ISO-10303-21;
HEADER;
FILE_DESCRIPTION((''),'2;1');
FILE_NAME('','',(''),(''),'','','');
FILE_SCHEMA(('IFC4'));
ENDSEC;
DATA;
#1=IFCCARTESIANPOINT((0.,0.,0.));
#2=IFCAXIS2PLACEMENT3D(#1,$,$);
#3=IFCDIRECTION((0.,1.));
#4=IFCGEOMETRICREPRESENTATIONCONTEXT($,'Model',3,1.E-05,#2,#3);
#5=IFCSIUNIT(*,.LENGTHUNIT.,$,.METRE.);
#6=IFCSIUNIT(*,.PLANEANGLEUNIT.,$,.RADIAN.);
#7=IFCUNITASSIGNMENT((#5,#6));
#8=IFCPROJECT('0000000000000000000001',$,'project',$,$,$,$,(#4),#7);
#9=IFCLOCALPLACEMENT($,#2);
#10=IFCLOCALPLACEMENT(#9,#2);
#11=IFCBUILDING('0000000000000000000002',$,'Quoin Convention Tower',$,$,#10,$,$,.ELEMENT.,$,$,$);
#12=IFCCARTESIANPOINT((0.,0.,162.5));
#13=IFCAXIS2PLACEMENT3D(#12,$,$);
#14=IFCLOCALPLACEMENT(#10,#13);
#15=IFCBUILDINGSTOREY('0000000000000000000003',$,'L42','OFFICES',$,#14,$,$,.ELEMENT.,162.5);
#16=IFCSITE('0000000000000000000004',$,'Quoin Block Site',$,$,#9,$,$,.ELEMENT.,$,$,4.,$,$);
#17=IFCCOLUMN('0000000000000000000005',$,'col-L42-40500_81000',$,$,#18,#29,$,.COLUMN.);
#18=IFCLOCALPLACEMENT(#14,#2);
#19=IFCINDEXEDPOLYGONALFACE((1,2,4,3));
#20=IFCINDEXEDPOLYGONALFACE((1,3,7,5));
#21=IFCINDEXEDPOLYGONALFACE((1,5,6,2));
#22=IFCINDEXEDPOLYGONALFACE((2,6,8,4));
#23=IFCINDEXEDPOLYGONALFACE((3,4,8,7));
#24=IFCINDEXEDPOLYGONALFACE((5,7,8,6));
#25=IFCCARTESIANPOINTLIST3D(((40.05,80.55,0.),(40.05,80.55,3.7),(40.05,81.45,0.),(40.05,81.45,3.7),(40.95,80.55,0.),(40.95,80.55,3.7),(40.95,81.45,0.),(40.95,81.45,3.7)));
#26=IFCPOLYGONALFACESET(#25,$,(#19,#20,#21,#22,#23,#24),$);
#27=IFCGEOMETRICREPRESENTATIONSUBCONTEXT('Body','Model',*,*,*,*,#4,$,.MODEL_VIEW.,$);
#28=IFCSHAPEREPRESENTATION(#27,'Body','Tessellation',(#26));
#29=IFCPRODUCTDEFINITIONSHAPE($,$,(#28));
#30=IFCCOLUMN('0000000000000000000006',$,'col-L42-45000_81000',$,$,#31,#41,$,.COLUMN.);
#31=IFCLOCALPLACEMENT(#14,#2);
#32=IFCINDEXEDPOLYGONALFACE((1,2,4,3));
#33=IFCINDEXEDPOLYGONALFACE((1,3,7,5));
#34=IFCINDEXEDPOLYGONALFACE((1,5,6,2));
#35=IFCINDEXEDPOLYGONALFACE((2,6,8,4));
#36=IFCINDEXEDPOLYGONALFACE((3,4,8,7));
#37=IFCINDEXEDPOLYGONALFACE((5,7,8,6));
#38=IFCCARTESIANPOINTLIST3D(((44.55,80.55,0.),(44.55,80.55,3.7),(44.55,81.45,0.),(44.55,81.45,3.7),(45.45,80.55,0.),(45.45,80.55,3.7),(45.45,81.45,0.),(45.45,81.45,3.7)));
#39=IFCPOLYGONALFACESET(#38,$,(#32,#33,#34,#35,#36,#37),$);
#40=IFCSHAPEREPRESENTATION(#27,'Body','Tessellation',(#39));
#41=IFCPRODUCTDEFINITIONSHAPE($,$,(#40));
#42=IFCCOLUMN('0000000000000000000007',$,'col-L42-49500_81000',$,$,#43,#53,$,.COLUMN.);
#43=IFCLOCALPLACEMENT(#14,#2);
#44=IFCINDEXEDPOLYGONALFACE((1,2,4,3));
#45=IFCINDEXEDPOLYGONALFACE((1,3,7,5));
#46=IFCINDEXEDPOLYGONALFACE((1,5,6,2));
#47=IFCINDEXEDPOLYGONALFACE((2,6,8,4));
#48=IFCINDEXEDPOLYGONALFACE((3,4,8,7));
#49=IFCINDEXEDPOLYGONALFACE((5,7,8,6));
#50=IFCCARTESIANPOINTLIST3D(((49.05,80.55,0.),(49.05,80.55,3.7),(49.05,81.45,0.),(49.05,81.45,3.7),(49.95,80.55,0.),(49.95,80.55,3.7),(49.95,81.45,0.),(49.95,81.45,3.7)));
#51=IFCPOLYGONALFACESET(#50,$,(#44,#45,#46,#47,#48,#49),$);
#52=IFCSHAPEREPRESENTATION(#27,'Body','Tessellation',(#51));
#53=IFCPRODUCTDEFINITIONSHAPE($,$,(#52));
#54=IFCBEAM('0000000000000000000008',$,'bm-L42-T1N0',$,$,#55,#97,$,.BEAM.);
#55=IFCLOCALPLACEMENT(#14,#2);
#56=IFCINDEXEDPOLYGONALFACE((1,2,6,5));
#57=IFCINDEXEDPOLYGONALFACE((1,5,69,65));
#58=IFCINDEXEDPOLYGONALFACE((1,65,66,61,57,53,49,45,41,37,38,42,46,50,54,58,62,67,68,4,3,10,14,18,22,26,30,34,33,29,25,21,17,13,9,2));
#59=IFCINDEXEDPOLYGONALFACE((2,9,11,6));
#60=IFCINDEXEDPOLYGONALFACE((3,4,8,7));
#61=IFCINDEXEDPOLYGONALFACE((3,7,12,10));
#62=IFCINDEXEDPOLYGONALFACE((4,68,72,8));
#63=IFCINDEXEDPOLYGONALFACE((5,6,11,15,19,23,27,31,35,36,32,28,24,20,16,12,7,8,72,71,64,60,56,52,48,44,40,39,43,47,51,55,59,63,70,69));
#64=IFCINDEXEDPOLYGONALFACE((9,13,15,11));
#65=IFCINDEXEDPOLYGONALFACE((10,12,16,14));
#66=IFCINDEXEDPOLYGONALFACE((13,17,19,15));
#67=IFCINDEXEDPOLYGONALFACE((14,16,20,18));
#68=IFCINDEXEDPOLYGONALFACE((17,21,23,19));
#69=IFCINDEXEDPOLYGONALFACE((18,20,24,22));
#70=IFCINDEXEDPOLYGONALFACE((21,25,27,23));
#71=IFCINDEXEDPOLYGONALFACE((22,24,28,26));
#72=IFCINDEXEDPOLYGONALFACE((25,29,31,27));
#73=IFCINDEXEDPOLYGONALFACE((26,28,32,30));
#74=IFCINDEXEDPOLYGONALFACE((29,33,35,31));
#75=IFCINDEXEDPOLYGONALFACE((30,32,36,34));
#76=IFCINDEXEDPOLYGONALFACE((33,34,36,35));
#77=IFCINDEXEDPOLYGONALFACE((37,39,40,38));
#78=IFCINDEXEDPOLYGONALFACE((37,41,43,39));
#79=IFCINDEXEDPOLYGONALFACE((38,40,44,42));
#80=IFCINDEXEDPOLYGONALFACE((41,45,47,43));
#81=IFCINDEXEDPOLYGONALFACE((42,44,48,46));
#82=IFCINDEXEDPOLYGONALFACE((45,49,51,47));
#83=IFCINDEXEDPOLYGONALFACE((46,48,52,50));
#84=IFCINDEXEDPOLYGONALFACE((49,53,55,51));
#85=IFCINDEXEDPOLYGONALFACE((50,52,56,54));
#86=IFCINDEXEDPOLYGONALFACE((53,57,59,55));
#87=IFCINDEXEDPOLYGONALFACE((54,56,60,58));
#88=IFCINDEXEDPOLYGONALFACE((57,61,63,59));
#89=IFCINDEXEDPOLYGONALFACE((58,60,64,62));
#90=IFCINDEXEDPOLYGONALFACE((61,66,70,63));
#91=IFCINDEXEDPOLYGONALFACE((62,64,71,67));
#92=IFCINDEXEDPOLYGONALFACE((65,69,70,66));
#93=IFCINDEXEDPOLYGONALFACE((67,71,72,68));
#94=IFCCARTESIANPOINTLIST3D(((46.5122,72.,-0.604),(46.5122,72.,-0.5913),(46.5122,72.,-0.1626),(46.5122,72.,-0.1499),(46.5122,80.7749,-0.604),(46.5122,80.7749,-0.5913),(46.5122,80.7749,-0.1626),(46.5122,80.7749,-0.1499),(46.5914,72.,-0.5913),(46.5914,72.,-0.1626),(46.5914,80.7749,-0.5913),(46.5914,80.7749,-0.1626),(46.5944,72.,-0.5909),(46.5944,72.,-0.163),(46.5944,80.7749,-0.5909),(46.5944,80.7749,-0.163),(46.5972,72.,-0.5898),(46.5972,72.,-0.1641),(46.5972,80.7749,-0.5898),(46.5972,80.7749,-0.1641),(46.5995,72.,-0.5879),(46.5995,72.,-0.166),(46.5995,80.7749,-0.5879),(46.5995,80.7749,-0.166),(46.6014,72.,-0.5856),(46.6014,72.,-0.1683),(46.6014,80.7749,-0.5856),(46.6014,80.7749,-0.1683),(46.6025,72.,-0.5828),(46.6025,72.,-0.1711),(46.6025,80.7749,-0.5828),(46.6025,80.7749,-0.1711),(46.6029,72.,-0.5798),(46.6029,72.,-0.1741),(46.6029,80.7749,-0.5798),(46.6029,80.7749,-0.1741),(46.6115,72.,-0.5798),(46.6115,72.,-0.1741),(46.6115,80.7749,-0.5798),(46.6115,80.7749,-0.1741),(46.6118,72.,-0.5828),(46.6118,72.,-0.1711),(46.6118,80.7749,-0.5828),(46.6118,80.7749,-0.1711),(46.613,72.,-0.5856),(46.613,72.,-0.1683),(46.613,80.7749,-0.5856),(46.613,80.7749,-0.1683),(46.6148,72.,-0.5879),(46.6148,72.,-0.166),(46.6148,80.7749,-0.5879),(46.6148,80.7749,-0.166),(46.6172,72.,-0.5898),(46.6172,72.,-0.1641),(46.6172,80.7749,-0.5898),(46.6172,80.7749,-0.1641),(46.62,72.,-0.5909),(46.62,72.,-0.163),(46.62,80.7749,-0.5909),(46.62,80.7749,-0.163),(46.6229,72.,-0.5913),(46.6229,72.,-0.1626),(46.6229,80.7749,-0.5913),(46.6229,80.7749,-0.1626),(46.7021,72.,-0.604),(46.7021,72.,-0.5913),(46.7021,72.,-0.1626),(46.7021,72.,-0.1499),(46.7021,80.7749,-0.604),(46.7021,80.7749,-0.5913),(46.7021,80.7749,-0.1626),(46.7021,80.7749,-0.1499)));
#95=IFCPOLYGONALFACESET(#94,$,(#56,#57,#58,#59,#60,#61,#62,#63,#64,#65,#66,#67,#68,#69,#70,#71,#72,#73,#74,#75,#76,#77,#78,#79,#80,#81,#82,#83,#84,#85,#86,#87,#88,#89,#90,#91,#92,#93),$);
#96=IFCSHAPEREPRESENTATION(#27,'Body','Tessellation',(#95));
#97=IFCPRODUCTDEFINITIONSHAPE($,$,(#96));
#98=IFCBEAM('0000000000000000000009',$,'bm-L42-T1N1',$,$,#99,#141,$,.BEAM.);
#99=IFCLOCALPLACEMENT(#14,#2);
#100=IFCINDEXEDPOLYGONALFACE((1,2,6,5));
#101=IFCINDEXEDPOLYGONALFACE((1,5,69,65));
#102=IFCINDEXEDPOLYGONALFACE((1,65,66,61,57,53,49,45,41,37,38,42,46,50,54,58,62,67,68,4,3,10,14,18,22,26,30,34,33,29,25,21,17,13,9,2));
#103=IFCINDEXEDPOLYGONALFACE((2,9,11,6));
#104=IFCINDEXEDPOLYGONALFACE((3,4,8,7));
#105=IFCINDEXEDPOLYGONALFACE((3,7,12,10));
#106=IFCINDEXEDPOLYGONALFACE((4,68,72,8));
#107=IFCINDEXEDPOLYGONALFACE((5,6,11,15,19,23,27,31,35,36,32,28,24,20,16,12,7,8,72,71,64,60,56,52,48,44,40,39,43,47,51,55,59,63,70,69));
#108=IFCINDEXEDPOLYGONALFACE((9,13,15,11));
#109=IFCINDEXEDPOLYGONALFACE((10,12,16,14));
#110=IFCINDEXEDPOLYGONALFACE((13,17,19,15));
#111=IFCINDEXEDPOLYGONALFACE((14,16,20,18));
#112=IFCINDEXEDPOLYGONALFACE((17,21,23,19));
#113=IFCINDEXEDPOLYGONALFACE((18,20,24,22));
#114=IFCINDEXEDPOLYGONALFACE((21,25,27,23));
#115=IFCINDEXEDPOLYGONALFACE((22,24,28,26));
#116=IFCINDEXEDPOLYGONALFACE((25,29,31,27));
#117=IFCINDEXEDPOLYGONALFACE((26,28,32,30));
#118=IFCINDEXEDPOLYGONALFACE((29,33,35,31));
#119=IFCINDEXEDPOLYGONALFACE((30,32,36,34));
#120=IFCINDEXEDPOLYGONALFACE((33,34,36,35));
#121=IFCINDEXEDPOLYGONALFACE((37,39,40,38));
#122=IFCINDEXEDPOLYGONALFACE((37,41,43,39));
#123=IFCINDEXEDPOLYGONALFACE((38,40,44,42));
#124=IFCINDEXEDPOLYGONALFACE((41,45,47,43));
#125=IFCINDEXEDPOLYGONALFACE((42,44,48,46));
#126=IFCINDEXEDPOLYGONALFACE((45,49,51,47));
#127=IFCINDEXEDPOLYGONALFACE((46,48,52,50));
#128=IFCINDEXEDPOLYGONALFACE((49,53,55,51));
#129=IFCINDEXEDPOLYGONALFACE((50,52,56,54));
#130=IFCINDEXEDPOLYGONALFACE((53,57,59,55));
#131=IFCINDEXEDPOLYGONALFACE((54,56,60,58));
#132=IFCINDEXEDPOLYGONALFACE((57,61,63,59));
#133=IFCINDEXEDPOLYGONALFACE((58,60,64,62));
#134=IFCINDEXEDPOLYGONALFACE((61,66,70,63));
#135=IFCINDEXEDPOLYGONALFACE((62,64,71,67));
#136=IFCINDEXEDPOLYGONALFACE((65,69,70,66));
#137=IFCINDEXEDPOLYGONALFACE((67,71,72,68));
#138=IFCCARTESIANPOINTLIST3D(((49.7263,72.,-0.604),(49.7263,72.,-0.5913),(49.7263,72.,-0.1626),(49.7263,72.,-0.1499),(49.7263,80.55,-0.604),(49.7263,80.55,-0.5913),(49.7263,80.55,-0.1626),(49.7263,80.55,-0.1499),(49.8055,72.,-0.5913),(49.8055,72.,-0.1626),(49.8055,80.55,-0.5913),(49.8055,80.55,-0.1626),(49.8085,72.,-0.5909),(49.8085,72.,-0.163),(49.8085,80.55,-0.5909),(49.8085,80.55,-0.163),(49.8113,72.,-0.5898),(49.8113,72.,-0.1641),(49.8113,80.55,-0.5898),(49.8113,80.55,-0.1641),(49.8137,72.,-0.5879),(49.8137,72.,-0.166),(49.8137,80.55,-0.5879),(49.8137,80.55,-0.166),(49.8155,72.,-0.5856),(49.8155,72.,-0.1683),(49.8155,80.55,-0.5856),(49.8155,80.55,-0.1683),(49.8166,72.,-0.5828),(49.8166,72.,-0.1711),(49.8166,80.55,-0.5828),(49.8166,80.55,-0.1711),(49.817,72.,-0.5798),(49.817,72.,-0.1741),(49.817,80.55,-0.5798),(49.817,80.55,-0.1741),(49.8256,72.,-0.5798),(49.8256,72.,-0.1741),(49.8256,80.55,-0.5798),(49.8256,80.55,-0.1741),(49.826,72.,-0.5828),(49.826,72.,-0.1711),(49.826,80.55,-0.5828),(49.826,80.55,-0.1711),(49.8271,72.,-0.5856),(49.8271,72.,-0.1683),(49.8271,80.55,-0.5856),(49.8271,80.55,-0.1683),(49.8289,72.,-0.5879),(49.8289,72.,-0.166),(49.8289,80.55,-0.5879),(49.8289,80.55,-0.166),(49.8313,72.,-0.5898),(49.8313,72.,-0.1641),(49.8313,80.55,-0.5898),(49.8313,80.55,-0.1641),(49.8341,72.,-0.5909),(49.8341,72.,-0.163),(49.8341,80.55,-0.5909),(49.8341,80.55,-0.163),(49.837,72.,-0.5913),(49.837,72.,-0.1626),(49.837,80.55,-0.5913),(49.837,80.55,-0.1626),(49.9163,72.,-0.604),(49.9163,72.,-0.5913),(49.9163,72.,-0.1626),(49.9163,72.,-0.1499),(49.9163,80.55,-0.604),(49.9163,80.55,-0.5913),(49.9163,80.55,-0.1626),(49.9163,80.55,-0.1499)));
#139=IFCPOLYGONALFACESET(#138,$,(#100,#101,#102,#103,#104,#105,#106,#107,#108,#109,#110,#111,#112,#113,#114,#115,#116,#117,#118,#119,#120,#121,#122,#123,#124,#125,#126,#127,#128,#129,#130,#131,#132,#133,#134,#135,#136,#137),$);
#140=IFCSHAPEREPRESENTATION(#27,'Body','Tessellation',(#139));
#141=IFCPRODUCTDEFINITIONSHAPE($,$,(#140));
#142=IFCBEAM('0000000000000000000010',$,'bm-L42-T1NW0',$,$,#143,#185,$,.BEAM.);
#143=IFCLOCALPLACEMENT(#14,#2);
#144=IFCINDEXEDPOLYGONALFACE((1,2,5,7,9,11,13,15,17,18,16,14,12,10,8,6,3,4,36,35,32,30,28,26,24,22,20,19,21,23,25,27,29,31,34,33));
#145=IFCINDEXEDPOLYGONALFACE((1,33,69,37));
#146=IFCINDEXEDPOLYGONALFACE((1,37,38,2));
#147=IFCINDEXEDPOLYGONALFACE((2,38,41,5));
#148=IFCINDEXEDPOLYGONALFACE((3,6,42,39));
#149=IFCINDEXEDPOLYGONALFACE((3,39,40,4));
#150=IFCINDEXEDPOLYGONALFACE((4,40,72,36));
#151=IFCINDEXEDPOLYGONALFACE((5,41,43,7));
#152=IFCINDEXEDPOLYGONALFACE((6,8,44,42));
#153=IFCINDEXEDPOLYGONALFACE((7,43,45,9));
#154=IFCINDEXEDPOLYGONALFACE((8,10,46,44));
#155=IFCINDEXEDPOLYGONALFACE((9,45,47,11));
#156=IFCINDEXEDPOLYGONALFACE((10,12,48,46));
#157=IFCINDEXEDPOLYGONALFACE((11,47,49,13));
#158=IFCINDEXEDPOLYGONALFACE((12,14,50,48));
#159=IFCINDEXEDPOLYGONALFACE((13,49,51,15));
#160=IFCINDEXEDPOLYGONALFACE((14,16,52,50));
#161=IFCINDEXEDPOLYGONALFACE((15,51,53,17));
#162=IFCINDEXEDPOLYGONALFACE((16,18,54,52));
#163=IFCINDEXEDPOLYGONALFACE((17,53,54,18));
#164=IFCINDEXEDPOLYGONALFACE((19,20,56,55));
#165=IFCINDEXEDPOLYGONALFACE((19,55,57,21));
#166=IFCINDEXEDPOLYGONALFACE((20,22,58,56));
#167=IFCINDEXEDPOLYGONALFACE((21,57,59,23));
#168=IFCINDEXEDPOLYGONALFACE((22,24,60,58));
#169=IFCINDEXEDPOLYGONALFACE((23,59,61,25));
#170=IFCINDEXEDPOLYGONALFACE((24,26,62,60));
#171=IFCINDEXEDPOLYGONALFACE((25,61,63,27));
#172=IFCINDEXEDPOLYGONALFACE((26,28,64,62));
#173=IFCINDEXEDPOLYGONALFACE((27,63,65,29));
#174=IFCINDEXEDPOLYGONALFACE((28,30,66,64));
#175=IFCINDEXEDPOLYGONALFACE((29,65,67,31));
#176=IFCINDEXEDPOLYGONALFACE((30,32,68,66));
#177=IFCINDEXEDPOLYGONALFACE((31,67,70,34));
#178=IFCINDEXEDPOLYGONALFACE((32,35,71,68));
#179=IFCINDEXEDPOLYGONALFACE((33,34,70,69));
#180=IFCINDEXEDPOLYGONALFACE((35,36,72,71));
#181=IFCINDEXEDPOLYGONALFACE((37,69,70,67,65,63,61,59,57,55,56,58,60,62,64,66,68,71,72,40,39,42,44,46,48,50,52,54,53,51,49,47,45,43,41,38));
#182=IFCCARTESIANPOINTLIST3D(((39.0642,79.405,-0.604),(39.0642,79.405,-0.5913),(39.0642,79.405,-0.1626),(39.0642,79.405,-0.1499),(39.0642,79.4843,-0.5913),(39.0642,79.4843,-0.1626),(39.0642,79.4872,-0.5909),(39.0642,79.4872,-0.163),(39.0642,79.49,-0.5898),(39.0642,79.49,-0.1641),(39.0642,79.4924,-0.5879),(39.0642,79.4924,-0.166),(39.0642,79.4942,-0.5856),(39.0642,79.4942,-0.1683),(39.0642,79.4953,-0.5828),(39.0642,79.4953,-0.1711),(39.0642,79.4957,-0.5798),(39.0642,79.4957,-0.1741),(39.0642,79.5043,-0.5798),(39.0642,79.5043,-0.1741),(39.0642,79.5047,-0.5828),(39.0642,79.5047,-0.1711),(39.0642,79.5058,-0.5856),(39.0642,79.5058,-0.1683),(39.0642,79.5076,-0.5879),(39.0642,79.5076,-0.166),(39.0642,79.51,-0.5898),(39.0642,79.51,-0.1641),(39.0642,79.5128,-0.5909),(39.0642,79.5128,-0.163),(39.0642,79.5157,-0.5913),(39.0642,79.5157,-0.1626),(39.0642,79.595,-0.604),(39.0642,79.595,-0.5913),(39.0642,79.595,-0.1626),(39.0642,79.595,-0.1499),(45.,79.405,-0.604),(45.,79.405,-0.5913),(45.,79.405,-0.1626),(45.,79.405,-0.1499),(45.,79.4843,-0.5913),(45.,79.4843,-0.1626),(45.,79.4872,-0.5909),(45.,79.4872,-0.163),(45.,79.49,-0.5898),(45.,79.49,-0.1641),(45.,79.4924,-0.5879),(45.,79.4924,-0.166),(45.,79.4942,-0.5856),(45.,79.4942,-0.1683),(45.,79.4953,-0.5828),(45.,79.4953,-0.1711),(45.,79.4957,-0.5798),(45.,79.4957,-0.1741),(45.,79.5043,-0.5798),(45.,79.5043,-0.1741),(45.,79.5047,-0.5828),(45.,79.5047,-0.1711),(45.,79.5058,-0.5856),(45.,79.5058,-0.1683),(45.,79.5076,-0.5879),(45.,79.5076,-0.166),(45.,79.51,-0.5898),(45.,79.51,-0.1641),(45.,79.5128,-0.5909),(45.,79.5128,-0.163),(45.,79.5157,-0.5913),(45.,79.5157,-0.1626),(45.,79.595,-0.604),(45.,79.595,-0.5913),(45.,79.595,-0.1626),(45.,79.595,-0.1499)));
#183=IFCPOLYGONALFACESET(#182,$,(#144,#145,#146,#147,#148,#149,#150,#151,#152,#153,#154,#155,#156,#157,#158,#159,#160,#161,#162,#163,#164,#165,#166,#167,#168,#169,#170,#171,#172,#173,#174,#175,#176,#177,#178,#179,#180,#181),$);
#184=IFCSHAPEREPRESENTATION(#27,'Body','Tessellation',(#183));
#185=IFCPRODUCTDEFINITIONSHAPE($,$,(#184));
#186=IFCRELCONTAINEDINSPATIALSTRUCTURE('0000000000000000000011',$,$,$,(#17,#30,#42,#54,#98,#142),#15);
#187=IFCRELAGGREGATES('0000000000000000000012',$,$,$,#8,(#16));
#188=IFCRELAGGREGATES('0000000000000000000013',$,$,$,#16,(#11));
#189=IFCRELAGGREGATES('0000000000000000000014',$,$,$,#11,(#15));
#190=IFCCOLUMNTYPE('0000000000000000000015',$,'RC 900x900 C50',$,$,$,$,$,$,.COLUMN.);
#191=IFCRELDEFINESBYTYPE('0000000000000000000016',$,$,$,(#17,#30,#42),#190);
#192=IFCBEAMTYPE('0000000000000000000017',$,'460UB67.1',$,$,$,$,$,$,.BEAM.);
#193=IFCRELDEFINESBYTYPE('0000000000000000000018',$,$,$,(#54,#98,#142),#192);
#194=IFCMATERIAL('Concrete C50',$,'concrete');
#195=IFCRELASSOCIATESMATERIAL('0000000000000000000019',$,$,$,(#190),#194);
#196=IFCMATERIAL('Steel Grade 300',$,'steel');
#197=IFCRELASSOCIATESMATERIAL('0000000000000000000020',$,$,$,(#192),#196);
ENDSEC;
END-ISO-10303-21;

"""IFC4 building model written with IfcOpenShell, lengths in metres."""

from ifc_helpers import new_model, si_unit, direction, frame, origin, origin_2d, place, context, subcontext, project, spatial, rectangle, i_section, extrude, material, material_profile, profile_set, type_object, element, save


model = new_model("IFC4")

# Units and contexts
model_context = context("Model", 3, precision=1e-05, world=origin(), true_north=direction((0.0, 1.0)))
body_context = subcontext(model_context, "Body", "Model", "MODEL_VIEW")
ifc_project = project(units=[si_unit("LENGTHUNIT", "METRE"), si_unit("PLANEANGLEUNIT", "RADIAN")], contexts=[model_context])

# Site, building, storey
site_placement = place(None, origin())
site = spatial("IfcSite", under=ifc_project, at=site_placement, Name="Quoin Block Site", CompositionType="ELEMENT", RefElevation=4.0)
building_placement = place(site_placement, origin())
building = spatial("IfcBuilding", under=site, at=building_placement, Name="Quoin Convention Tower", CompositionType="ELEMENT")
storey_placement = place(building_placement, frame((0.0, 0.0, 162.5)))
storey = spatial("IfcBuildingStorey", under=building, at=storey_placement, Name="L42", Description="OFFICES", CompositionType="ELEMENT", Elevation=162.5)

# Columns
ifc_material_1 = material(Name="Concrete C50", Category="concrete")
ifc_material_profile_1 = material_profile(ifc_material_1, rectangle(XDim=0.8999, YDim=0.8999, at=origin_2d()), Name="RC 900x900")
ifc_profile_set_1 = profile_set([ifc_material_profile_1], Name="Concrete C50")
column_type = type_object("IfcColumnType", Name="RC 900x900 C50", PredefinedType="COLUMN", material=ifc_profile_set_1)
for number, where, z_axis, x_axis, name in (
    (1, (40.5, 81.0, 0.0), (0.0, 0.0, 1.0), (1.0, 0.0, 0.0), "col-L42-40500_81000"),
    (2, (45.0, 81.0, 0.0), (0.0, 0.0, 1.0), (1.0, 0.0, 0.0), "col-L42-45000_81000"),
    (3, (49.5, 81.0, 0.0), (0.0, 0.0, 1.0), (1.0, 0.0, 0.0), "col-L42-49500_81000"),
):
    element("IfcColumn", number, at=place(storey_placement, frame(where, z_axis=z_axis, x_axis=x_axis)), inside=storey, type_object=column_type, Name=name, PredefinedType="COLUMN", context=body_context, shape_type="SweptSolid", body=[
        extrude(rectangle(XDim=0.8999, YDim=0.8999, at=origin_2d()), origin(), (0.0, 0.0, 1.0), 3.7),
    ])

# Beams
ifc_material_2 = material(Name="Steel Grade 300", Category="steel")
ifc_material_profile_2 = material_profile(ifc_material_2, i_section(OverallWidth=0.1899, OverallDepth=0.4541, WebThickness=0.0085, FlangeThickness=0.0127, FilletRadius=0.0115, at=origin_2d()), Name="460UB67.1")
ifc_profile_set_2 = profile_set([ifc_material_profile_2], Name="Steel Grade 300")
beam_type_1 = type_object("IfcBeamType", Name="460UB67.1", PredefinedType="BEAM", material=ifc_profile_set_2)
beam_1_placement = place(storey_placement, frame((46.6072, 72.0, -0.377), z_axis=(0.0, 1.0, 0.0), x_axis=(-1.0, 0.0, 0.0)))
element("IfcBeam", 4, at=beam_1_placement, inside=storey, type_object=beam_type_1, Name="bm-L42-T1N0", PredefinedType="BEAM", context=body_context, shape_type="SweptSolid", body=[
    extrude(i_section(OverallWidth=0.1899, OverallDepth=0.4541, WebThickness=0.0085, FlangeThickness=0.0127, FilletRadius=0.0115, at=origin_2d()), origin(), (0.0, 0.0, 1.0), 8.7749),
])
beam_2_placement = place(storey_placement, frame((49.8213, 72.0, -0.377), z_axis=(0.0, 1.0, 0.0), x_axis=(-1.0, 0.0, 0.0)))
element("IfcBeam", 5, at=beam_2_placement, inside=storey, type_object=beam_type_1, Name="bm-L42-T1N1", PredefinedType="BEAM", context=body_context, shape_type="SweptSolid", body=[
    extrude(i_section(OverallWidth=0.1899, OverallDepth=0.4541, WebThickness=0.0085, FlangeThickness=0.0127, FilletRadius=0.0115, at=origin_2d()), origin(), (0.0, 0.0, 1.0), 8.55),
])
beam_3_placement = place(storey_placement, frame((39.0642, 79.5, -0.377), z_axis=(1.0, 0.0, 0.0), x_axis=(0.0, 1.0, 0.0)))
element("IfcBeam", 6, at=beam_3_placement, inside=storey, type_object=beam_type_1, Name="bm-L42-T1NW0", PredefinedType="BEAM", context=body_context, shape_type="SweptSolid", body=[
    extrude(i_section(OverallWidth=0.1899, OverallDepth=0.4541, WebThickness=0.0085, FlangeThickness=0.0127, FilletRadius=0.0115, at=origin_2d()), origin(), (0.0, 0.0, 1.0), 5.9358),
])

save(model, "model.ifc")
